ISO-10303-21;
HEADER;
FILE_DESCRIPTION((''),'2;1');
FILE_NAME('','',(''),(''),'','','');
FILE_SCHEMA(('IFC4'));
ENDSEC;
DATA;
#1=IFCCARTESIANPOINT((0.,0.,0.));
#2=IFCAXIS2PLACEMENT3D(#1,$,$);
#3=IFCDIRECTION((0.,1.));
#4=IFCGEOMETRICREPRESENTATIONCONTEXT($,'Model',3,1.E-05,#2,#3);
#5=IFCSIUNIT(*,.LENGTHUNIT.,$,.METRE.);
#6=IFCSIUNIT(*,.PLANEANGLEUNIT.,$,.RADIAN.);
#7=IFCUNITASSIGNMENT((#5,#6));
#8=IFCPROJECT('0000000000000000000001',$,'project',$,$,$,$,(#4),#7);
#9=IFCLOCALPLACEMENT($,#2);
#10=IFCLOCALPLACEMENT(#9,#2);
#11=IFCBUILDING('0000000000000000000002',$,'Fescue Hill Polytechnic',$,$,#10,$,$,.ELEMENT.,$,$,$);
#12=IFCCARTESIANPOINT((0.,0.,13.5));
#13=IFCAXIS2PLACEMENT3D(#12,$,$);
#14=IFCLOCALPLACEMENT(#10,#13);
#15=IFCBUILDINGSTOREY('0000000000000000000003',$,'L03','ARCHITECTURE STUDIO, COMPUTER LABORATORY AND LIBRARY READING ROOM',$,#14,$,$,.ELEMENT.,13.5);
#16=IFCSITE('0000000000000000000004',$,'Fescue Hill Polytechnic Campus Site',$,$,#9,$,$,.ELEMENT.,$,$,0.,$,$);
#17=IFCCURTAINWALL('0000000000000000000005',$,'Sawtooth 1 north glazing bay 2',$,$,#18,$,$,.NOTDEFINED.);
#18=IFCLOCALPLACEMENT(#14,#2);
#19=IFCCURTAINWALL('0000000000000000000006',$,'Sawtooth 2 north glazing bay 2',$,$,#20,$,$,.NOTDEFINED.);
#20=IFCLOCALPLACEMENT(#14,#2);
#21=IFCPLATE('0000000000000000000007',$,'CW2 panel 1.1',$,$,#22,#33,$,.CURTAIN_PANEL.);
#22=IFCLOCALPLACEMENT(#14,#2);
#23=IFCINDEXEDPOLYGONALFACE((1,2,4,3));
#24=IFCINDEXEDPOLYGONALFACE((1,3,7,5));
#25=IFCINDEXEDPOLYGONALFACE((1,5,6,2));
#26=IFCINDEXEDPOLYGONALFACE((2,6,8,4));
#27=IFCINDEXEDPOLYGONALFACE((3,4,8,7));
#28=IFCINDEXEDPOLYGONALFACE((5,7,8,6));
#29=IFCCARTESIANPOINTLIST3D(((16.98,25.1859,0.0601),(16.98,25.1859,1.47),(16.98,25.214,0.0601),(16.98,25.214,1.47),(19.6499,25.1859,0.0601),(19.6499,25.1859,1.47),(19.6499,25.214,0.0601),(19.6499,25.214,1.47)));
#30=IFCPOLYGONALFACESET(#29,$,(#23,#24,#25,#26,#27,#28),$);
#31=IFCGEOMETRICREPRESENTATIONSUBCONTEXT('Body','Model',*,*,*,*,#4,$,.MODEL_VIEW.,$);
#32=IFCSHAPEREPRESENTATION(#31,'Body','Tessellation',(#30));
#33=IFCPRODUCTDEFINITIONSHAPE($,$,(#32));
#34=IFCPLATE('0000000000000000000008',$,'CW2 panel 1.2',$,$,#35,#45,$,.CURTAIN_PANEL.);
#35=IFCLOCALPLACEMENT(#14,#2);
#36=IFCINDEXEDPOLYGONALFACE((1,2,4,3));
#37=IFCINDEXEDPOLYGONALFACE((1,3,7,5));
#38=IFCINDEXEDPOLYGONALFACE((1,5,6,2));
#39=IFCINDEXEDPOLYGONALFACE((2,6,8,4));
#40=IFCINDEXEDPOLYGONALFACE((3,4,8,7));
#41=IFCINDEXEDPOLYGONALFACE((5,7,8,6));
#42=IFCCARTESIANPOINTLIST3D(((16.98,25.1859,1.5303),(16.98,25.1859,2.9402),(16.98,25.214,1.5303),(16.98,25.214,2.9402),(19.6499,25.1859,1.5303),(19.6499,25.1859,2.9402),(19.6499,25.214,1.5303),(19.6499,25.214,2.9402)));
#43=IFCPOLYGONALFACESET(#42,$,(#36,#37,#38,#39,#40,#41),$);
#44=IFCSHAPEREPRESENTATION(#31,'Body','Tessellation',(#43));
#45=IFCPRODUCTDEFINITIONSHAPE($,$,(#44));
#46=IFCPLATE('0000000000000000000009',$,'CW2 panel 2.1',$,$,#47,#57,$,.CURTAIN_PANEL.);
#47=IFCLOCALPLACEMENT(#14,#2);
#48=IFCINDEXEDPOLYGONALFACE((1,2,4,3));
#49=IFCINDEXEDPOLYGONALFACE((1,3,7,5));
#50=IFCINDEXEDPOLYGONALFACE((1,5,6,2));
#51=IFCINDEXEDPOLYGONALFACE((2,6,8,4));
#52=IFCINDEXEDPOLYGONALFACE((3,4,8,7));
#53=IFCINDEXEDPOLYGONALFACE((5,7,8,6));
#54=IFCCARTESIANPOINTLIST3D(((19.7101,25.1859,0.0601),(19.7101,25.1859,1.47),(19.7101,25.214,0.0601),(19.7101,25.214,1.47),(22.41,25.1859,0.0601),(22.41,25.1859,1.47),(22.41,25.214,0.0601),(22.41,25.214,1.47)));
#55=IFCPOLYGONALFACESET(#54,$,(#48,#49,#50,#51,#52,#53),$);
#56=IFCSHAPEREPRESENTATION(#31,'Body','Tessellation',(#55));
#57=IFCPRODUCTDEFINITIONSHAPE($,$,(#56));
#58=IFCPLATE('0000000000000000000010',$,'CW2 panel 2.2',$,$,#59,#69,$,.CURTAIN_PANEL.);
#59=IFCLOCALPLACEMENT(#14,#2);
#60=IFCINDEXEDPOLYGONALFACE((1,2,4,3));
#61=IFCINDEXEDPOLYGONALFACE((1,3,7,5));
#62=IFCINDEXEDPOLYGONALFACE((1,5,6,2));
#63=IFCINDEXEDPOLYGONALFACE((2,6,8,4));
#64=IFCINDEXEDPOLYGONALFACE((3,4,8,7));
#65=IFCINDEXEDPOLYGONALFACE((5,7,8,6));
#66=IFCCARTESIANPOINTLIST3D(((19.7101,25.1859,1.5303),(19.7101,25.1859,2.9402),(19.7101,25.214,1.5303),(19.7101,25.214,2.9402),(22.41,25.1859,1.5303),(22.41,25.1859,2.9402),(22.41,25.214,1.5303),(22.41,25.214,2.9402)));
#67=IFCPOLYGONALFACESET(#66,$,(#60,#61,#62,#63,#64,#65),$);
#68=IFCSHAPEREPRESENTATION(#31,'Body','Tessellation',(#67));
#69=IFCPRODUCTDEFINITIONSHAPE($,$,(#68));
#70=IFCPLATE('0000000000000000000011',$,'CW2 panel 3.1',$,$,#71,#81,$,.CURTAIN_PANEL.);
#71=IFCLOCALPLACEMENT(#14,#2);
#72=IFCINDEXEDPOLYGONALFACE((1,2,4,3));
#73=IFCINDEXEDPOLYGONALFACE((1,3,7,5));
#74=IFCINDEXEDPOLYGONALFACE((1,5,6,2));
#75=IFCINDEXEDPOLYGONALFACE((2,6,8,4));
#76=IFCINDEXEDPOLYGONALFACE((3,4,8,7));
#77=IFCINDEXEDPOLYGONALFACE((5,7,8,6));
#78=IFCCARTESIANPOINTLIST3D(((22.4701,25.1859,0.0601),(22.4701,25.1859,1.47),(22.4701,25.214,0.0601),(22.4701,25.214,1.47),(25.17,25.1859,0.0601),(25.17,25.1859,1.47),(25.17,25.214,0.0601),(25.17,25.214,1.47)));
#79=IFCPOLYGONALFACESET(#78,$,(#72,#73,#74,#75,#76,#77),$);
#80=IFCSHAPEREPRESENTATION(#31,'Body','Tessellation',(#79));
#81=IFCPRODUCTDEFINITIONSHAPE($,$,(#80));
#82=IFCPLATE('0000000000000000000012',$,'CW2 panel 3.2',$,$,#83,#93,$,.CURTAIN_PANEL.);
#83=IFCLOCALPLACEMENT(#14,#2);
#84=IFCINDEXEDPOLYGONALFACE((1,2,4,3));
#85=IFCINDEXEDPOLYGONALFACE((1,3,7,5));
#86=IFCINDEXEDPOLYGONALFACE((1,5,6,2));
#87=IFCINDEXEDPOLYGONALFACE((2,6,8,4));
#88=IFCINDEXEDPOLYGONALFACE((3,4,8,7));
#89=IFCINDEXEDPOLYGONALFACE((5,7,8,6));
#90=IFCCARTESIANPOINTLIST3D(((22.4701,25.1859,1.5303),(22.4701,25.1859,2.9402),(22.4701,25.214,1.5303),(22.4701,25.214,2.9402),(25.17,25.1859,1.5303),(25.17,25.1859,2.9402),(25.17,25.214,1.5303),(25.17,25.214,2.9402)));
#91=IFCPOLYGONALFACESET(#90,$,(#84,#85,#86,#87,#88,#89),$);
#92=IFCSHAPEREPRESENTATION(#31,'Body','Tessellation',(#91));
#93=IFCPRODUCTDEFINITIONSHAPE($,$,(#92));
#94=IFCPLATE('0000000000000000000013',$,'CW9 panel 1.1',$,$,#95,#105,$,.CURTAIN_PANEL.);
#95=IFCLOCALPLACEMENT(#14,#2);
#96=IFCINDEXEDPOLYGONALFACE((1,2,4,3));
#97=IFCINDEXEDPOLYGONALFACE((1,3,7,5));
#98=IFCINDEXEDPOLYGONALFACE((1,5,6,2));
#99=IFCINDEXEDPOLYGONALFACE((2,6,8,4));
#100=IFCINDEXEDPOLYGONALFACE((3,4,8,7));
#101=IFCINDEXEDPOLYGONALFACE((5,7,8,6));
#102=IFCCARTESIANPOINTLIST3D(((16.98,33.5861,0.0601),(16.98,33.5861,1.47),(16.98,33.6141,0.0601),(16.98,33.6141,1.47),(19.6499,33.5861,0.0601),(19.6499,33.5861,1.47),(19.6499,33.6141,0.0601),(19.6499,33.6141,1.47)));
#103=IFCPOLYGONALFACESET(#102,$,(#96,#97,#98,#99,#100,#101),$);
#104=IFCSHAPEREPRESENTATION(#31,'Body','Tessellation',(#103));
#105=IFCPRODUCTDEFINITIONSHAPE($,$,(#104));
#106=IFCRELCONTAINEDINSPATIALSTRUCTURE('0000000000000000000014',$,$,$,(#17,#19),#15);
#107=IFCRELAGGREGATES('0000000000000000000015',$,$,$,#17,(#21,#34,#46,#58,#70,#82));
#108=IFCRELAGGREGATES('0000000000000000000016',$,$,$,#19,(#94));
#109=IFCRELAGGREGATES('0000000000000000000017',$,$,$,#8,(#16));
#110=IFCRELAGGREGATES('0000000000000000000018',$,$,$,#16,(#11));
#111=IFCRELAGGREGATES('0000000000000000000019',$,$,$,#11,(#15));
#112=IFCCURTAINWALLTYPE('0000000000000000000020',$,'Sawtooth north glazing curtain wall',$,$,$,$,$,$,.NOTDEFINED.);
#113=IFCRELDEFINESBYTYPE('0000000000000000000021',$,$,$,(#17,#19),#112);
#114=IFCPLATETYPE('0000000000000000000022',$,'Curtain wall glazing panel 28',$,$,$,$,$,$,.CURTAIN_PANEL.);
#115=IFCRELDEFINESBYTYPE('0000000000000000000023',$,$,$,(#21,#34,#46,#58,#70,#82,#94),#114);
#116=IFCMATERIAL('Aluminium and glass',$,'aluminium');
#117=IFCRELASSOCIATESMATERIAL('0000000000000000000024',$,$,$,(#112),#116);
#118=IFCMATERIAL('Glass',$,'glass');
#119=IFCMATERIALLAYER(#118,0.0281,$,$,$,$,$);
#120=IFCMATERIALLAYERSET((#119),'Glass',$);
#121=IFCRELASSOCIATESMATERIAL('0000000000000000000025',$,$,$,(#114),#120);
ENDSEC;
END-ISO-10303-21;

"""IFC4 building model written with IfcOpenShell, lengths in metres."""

from ifc_helpers import new_model, si_unit, direction, frame, origin, origin_2d, place, context, subcontext, project, spatial, rectangle, extrude, material, layer, layer_set, type_object, element, aggregate, save


model = new_model("IFC4")

# Units and contexts
model_context = context("Model", 3, precision=1e-05, world=origin(), true_north=direction((0.0, 1.0)))
body_context = subcontext(model_context, "Body", "Model", "MODEL_VIEW")
ifc_project = project(units=[si_unit("LENGTHUNIT", "METRE"), si_unit("PLANEANGLEUNIT", "RADIAN")], contexts=[model_context])

# Site, building, storey
site_placement = place(None, origin())
site = spatial("IfcSite", under=ifc_project, at=site_placement, Name="Fescue Hill Polytechnic Campus Site", CompositionType="ELEMENT", RefElevation=0.0)
building_placement = place(site_placement, origin())
building = spatial("IfcBuilding", under=site, at=building_placement, Name="Fescue Hill Polytechnic", CompositionType="ELEMENT")
storey_placement = place(building_placement, frame((0.0, 0.0, 13.5)))
storey = spatial("IfcBuildingStorey", under=building, at=storey_placement, Name="L03", Description="ARCHITECTURE STUDIO, COMPUTER LABORATORY AND LIBRARY READING ROOM", CompositionType="ELEMENT", Elevation=13.5)

# Curtain wall
ifc_material_1 = material(Name="Aluminium and glass", Category="aluminium")
curtain_wall_type = type_object("IfcCurtainWallType", Name="Sawtooth north glazing curtain wall", PredefinedType="NOTDEFINED", material=ifc_material_1)
curtain_wall_1_placement = place(storey_placement, origin())
curtain_wall_1 = element("IfcCurtainWall", 1, at=curtain_wall_1_placement, inside=storey, type_object=curtain_wall_type, Name="Sawtooth 1 north glazing bay 2", PredefinedType="NOTDEFINED")

# Curtain wall
curtain_wall_2_placement = place(storey_placement, origin())
curtain_wall_2 = element("IfcCurtainWall", 2, at=curtain_wall_2_placement, inside=storey, type_object=curtain_wall_type, Name="Sawtooth 2 north glazing bay 2", PredefinedType="NOTDEFINED")

# Plates
ifc_material_2 = material(Name="Glass", Category="glass")
ifc_layer = layer(ifc_material_2, 0.0281)
ifc_layer_set = layer_set([ifc_layer], Name="Glass")
plate_type = type_object("IfcPlateType", Name="Curtain wall glazing panel 28", PredefinedType="CURTAIN_PANEL", material=ifc_layer_set)
plate_1_placement = place(storey_placement, frame((18.3149, 25.2, 0.0601), z_axis=(0.0, 0.0, 1.0), x_axis=(1.0, 0.0, 0.0)))
plate_1 = element("IfcPlate", 3, at=plate_1_placement, type_object=plate_type, Name="CW2 panel 1.1", PredefinedType="CURTAIN_PANEL", context=body_context, shape_type="SweptSolid", body=[
    extrude(rectangle(XDim=2.6699, YDim=0.0281, at=origin_2d()), origin(), (0.0, 0.0, 1.0), 1.4099),
])
plate_2_placement = place(storey_placement, frame((18.3149, 25.2, 1.5303), z_axis=(0.0, 0.0, 1.0), x_axis=(1.0, 0.0, 0.0)))
plate_2 = element("IfcPlate", 4, at=plate_2_placement, type_object=plate_type, Name="CW2 panel 1.2", PredefinedType="CURTAIN_PANEL", context=body_context, shape_type="SweptSolid", body=[
    extrude(rectangle(XDim=2.6699, YDim=0.0281, at=origin_2d()), origin(), (0.0, 0.0, 1.0), 1.4099),
])
plate_3_placement = place(storey_placement, frame((21.0601, 25.2, 0.0601), z_axis=(0.0, 0.0, 1.0), x_axis=(1.0, 0.0, 0.0)))
plate_3 = element("IfcPlate", 5, at=plate_3_placement, type_object=plate_type, Name="CW2 panel 2.1", PredefinedType="CURTAIN_PANEL", context=body_context, shape_type="SweptSolid", body=[
    extrude(rectangle(XDim=2.7, YDim=0.0281, at=origin_2d()), origin(), (0.0, 0.0, 1.0), 1.4099),
])
plate_4_placement = place(storey_placement, frame((21.0601, 25.2, 1.5303), z_axis=(0.0, 0.0, 1.0), x_axis=(1.0, 0.0, 0.0)))
plate_4 = element("IfcPlate", 6, at=plate_4_placement, type_object=plate_type, Name="CW2 panel 2.2", PredefinedType="CURTAIN_PANEL", context=body_context, shape_type="SweptSolid", body=[
    extrude(rectangle(XDim=2.7, YDim=0.0281, at=origin_2d()), origin(), (0.0, 0.0, 1.0), 1.4099),
])
plate_5_placement = place(storey_placement, frame((23.8201, 25.2, 0.0601), z_axis=(0.0, 0.0, 1.0), x_axis=(1.0, 0.0, 0.0)))
plate_5 = element("IfcPlate", 7, at=plate_5_placement, type_object=plate_type, Name="CW2 panel 3.1", PredefinedType="CURTAIN_PANEL", context=body_context, shape_type="SweptSolid", body=[
    extrude(rectangle(XDim=2.7, YDim=0.0281, at=origin_2d()), origin(), (0.0, 0.0, 1.0), 1.4099),
])
plate_6_placement = place(storey_placement, frame((23.8201, 25.2, 1.5303), z_axis=(0.0, 0.0, 1.0), x_axis=(1.0, 0.0, 0.0)))
plate_6 = element("IfcPlate", 8, at=plate_6_placement, type_object=plate_type, Name="CW2 panel 3.2", PredefinedType="CURTAIN_PANEL", context=body_context, shape_type="SweptSolid", body=[
    extrude(rectangle(XDim=2.7, YDim=0.0281, at=origin_2d()), origin(), (0.0, 0.0, 1.0), 1.4099),
])
aggregate(curtain_wall_1, [plate_1, plate_2, plate_3, plate_4, plate_5, plate_6])
plate_7_placement = place(storey_placement, frame((18.3149, 33.6001, 0.0601), z_axis=(0.0, 0.0, 1.0), x_axis=(1.0, 0.0, 0.0)))
plate_7 = element("IfcPlate", 9, at=plate_7_placement, type_object=plate_type, Name="CW9 panel 1.1", PredefinedType="CURTAIN_PANEL", context=body_context, shape_type="SweptSolid", body=[
    extrude(rectangle(XDim=2.6699, YDim=0.0281, at=origin_2d()), origin(), (0.0, 0.0, 1.0), 1.4099),
])
aggregate(curtain_wall_2, [plate_7])

save(model, "model.ifc")
